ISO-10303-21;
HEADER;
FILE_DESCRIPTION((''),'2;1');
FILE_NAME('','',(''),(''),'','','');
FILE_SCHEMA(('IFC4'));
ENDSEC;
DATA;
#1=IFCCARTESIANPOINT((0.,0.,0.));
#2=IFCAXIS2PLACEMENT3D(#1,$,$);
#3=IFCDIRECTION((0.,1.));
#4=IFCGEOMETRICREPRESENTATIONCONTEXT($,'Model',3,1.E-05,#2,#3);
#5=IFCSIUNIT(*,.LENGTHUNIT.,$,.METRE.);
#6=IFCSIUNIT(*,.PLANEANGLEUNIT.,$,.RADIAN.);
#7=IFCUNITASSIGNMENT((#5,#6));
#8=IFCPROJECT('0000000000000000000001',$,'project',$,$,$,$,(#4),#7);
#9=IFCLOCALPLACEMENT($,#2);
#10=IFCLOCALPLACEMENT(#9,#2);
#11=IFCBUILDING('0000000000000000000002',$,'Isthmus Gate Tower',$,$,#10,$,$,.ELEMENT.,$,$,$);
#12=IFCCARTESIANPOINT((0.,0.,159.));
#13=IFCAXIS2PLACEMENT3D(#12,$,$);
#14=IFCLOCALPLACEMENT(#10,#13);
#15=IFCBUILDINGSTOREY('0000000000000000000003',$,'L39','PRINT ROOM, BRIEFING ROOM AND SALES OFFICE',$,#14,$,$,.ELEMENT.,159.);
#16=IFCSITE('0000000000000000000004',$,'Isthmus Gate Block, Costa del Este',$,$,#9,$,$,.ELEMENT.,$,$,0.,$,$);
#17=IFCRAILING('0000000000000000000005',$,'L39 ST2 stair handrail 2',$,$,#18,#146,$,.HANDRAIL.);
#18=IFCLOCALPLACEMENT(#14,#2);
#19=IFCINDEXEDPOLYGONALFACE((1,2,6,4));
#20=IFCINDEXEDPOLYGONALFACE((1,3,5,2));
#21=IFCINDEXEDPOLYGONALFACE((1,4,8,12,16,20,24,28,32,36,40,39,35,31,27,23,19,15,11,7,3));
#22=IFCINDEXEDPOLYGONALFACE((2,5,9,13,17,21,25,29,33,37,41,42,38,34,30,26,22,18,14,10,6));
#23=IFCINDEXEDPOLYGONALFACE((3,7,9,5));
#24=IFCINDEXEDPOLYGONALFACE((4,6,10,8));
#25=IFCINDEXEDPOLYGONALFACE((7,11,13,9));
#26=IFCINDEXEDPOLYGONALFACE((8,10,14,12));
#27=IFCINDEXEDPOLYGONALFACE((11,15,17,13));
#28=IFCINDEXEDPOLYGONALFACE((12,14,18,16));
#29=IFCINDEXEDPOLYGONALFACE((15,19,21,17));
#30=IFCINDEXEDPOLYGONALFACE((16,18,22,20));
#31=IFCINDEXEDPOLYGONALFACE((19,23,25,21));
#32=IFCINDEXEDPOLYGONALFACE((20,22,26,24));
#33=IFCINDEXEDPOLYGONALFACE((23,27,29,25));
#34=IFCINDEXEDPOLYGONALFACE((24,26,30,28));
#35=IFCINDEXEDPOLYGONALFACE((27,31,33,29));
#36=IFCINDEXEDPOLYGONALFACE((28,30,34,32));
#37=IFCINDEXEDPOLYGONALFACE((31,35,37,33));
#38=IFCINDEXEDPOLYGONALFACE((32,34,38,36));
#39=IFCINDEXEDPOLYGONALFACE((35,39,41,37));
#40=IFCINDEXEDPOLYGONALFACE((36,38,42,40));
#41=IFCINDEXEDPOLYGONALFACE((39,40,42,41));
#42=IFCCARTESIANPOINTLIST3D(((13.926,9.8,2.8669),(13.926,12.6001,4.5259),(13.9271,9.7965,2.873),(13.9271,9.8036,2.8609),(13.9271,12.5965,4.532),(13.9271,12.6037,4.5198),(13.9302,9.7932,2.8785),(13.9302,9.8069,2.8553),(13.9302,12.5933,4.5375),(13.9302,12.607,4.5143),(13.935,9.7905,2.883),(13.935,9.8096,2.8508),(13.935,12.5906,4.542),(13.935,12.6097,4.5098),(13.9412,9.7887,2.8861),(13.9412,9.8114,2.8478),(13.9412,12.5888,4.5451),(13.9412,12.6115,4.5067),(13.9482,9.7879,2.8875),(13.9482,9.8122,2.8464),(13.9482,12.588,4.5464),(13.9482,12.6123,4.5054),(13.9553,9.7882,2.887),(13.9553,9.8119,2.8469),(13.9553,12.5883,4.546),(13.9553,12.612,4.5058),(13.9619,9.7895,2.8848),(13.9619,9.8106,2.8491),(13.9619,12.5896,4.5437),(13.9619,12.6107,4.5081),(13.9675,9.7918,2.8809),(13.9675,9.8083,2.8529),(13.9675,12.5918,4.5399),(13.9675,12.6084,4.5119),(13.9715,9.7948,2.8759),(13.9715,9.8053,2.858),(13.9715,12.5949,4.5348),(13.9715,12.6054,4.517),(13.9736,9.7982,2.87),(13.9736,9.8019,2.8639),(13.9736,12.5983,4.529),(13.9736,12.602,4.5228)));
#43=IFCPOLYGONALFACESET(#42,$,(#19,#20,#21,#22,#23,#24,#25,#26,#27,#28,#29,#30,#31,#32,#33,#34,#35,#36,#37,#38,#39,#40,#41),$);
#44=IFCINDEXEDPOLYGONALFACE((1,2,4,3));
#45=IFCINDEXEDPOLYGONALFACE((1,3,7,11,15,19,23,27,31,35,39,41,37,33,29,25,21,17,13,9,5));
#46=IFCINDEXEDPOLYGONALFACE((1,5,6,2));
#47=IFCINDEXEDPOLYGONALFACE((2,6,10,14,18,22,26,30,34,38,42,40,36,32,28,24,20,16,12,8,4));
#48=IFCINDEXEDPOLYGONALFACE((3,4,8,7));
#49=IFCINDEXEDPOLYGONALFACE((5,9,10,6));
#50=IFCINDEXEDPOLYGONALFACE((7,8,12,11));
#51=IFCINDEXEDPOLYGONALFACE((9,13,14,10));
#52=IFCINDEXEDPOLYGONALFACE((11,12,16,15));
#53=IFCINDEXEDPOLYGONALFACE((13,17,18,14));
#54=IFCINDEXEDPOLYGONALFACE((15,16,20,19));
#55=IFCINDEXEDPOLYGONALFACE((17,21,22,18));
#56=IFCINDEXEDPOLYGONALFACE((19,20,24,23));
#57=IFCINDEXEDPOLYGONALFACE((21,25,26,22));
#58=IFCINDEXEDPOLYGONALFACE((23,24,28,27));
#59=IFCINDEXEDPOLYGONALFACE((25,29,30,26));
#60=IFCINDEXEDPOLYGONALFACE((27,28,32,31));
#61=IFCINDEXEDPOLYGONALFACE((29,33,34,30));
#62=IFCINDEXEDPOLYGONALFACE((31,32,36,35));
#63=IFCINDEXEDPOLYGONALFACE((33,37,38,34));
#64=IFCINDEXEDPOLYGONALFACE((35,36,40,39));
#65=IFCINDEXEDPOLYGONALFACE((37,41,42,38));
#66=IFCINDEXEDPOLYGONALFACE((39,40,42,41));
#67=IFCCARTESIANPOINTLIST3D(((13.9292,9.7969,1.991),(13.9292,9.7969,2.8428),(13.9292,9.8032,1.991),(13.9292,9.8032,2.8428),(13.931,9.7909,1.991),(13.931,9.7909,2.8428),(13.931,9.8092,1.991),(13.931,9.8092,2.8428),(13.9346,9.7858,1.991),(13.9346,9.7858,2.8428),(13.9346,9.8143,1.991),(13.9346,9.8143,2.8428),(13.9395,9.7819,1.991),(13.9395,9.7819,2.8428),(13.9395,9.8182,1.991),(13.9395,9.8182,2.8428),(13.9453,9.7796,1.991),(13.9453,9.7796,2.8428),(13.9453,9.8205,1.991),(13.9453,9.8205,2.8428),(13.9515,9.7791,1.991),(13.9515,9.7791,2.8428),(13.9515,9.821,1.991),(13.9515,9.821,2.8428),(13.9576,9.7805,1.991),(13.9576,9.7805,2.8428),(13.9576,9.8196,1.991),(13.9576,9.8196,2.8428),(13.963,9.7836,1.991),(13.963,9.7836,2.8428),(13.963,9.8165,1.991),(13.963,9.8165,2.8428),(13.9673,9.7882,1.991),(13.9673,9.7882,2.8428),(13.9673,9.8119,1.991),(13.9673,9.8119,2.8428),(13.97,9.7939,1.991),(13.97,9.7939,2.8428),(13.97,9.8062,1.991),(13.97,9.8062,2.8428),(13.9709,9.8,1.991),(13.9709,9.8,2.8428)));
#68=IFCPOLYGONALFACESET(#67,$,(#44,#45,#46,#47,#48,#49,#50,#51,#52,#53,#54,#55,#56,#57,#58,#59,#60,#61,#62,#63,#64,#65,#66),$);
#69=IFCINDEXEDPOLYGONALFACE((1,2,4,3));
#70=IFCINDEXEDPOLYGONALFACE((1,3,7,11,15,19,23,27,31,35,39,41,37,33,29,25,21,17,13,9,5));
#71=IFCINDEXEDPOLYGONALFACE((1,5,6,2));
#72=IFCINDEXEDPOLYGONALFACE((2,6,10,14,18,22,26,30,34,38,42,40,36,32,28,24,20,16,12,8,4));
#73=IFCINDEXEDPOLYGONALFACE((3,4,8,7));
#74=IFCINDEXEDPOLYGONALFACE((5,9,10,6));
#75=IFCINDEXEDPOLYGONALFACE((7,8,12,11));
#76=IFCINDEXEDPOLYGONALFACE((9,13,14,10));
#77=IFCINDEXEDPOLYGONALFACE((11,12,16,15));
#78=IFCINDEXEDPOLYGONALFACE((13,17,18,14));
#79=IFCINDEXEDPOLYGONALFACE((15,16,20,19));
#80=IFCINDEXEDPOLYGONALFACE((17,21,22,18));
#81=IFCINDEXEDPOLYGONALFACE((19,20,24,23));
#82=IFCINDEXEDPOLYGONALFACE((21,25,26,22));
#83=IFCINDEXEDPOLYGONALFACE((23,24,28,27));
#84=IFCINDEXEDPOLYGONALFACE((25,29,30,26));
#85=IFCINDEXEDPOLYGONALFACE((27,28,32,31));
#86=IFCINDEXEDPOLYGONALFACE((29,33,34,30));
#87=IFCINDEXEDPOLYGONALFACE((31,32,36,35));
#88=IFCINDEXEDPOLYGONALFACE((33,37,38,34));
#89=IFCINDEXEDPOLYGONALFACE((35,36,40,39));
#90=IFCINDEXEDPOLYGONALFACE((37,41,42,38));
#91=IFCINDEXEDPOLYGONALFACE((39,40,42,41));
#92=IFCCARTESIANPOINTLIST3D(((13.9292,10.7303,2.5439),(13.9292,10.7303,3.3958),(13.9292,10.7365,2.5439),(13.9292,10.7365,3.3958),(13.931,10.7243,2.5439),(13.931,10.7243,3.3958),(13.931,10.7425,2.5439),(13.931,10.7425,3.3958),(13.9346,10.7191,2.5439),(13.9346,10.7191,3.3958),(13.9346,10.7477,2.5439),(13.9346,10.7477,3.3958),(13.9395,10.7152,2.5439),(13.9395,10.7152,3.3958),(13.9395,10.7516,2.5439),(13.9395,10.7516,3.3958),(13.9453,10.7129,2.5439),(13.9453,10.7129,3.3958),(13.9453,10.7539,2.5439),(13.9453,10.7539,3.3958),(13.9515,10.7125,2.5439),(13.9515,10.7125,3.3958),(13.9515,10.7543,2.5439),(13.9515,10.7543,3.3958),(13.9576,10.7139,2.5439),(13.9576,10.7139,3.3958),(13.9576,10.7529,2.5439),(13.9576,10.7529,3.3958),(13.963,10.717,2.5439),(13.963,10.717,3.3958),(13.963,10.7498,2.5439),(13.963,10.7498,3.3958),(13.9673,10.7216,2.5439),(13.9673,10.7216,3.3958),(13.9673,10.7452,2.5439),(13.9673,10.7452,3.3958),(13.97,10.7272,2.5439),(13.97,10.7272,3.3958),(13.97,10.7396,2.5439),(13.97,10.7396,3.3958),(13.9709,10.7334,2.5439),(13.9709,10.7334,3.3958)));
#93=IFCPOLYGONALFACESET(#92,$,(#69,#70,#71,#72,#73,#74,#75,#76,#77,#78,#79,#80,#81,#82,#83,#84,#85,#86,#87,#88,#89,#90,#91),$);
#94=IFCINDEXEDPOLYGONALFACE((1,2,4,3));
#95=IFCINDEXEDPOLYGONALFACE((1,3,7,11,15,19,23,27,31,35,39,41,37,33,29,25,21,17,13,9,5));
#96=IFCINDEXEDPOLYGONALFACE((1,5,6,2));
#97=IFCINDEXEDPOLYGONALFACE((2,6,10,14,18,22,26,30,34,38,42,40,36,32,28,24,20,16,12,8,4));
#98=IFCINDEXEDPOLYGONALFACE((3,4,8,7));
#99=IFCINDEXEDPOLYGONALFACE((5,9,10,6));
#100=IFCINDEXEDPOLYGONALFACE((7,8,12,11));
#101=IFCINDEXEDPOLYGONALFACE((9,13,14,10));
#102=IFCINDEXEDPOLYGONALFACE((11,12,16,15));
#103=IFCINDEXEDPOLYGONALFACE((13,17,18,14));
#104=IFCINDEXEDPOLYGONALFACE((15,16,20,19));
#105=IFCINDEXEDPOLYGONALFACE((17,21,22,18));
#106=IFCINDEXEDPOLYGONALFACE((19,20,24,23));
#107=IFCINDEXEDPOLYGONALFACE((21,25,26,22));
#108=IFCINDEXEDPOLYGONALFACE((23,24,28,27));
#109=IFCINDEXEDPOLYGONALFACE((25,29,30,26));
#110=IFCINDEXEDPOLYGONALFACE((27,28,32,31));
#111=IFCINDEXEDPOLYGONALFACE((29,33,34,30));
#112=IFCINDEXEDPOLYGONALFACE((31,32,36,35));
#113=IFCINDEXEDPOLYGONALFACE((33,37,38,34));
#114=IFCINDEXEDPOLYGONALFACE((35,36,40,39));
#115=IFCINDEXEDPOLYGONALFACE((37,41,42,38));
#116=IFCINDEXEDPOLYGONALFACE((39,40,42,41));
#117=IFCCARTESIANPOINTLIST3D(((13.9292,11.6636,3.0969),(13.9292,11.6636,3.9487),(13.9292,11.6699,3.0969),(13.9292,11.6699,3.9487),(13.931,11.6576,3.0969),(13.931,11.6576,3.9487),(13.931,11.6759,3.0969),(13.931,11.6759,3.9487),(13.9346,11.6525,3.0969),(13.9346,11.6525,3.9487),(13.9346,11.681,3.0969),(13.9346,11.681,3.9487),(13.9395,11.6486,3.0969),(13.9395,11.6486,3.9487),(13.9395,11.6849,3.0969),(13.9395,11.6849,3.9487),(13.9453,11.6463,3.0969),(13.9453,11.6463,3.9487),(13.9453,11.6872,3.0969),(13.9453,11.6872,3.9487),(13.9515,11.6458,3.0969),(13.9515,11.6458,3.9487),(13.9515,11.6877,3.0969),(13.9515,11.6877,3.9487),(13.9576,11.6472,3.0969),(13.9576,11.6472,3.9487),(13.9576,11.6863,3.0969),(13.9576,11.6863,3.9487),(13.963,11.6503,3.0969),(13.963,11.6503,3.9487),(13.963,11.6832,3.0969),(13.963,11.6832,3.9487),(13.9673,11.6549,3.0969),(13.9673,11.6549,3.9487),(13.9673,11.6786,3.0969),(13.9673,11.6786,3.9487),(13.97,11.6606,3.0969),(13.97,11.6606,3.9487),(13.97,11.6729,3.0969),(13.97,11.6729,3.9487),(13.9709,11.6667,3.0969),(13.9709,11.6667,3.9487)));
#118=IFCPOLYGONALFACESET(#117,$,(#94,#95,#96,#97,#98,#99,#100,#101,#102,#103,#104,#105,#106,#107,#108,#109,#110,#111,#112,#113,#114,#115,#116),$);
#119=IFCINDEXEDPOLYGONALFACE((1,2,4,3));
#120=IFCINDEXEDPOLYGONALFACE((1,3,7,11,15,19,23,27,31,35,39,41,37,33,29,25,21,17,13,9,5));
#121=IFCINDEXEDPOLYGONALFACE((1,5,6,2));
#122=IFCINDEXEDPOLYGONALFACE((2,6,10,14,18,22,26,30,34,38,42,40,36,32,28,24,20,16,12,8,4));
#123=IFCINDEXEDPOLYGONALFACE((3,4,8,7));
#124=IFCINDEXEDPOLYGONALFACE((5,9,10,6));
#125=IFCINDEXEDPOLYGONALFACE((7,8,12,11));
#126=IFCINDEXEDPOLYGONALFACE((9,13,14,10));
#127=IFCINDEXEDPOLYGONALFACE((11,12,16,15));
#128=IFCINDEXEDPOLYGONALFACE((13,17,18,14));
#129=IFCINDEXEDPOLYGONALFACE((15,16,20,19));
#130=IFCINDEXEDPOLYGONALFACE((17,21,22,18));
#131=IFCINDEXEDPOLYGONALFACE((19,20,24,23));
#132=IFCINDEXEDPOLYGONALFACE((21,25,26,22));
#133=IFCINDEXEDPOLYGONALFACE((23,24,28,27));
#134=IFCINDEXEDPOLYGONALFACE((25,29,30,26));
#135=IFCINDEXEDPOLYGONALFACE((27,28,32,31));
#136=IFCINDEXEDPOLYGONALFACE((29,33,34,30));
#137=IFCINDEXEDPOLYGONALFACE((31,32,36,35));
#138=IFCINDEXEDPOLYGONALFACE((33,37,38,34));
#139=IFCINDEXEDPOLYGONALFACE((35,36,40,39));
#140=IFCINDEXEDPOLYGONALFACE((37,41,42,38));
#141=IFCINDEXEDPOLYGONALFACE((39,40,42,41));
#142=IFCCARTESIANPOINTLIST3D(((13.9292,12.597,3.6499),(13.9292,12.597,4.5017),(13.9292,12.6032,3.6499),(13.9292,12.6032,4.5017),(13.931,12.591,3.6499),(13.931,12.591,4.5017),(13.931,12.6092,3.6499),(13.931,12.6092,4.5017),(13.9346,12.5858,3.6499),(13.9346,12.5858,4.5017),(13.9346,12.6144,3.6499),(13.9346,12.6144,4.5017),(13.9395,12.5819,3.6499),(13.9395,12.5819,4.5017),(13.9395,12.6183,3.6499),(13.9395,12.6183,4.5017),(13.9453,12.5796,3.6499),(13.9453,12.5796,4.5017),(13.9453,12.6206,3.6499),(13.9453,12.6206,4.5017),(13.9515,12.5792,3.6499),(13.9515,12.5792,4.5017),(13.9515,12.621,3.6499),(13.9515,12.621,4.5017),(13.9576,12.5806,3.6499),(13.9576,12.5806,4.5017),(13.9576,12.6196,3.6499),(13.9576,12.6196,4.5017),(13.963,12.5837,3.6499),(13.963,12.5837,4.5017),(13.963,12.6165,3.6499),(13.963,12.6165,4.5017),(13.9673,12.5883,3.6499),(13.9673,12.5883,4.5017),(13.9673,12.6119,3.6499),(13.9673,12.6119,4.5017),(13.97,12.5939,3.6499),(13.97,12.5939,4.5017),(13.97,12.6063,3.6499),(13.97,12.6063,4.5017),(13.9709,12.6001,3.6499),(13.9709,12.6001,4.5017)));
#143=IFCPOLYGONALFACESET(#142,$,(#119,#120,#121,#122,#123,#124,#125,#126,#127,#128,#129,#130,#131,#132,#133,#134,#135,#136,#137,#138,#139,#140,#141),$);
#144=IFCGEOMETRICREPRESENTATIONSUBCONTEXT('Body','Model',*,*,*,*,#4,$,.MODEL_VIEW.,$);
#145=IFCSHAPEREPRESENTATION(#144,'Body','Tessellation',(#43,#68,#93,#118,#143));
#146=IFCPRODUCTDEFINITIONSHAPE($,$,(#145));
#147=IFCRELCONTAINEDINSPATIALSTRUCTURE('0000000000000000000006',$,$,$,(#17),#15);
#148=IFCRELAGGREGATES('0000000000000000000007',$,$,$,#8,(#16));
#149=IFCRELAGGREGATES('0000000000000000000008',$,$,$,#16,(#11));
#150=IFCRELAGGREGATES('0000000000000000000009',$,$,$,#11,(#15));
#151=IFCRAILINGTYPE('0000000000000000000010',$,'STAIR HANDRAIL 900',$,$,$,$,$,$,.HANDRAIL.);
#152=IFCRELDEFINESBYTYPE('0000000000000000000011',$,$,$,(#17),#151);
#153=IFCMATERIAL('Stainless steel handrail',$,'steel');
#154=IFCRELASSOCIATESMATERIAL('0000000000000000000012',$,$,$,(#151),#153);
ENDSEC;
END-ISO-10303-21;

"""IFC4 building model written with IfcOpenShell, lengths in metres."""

from ifc_helpers import new_model, si_unit, direction, frame, origin, origin_2d, place, context, subcontext, project, spatial, circle, extrude, material, type_object, element, save


model = new_model("IFC4")

# Units and contexts
model_context = context("Model", 3, precision=1e-05, world=origin(), true_north=direction((0.0, 1.0)))
body_context = subcontext(model_context, "Body", "Model", "MODEL_VIEW")
ifc_project = project(units=[si_unit("LENGTHUNIT", "METRE"), si_unit("PLANEANGLEUNIT", "RADIAN")], contexts=[model_context])

# Site, building, storey
site_placement = place(None, origin())
site = spatial("IfcSite", under=ifc_project, at=site_placement, Name="Isthmus Gate Block, Costa del Este", CompositionType="ELEMENT", RefElevation=0.0)
building_placement = place(site_placement, origin())
building = spatial("IfcBuilding", under=site, at=building_placement, Name="Isthmus Gate Tower", CompositionType="ELEMENT")
storey_placement = place(building_placement, frame((0.0, 0.0, 159.0)))
storey = spatial("IfcBuildingStorey", under=building, at=storey_placement, Name="L39", Description="PRINT ROOM, BRIEFING ROOM AND SALES OFFICE", CompositionType="ELEMENT", Elevation=159.0)

# Railing
ifc_material_1 = material(Name="Stainless steel handrail", Category="steel")
railing_type_1 = type_object("IfcRailingType", Name="STAIR HANDRAIL 900", PredefinedType="HANDRAIL", material=ifc_material_1)
railing_1_placement = place(storey_placement, frame((13.95, 9.8, 1.991)))
element("IfcRailing", 1, at=railing_1_placement, inside=storey, type_object=railing_type_1, Name="L39 ST2 stair handrail 2", PredefinedType="HANDRAIL", context=body_context, shape_type="SweptSolid", body=[
    extrude(circle(Radius=0.0239, at=origin_2d()), frame((0.0, 0.0, 0.876), z_axis=(0.0, 0.860339, 0.509722), x_axis=(-1.0, 0.0, 0.0)), (0.0, 0.0, 1.0), 3.2546),
    extrude(circle(Radius=0.021, at=origin_2d()), origin(), (0.0, 0.0, 1.0), 0.8518),
    extrude(circle(Radius=0.021, at=origin_2d()), frame((0.0, 0.9333, 0.553)), (0.0, 0.0, 1.0), 0.8518),
    extrude(circle(Radius=0.021, at=origin_2d()), frame((0.0, 1.8667, 1.106)), (0.0, 0.0, 1.0), 0.8518),
    extrude(circle(Radius=0.021, at=origin_2d()), frame((0.0, 2.8, 1.6589)), (0.0, 0.0, 1.0), 0.8518),
])

save(model, "model.ifc")
